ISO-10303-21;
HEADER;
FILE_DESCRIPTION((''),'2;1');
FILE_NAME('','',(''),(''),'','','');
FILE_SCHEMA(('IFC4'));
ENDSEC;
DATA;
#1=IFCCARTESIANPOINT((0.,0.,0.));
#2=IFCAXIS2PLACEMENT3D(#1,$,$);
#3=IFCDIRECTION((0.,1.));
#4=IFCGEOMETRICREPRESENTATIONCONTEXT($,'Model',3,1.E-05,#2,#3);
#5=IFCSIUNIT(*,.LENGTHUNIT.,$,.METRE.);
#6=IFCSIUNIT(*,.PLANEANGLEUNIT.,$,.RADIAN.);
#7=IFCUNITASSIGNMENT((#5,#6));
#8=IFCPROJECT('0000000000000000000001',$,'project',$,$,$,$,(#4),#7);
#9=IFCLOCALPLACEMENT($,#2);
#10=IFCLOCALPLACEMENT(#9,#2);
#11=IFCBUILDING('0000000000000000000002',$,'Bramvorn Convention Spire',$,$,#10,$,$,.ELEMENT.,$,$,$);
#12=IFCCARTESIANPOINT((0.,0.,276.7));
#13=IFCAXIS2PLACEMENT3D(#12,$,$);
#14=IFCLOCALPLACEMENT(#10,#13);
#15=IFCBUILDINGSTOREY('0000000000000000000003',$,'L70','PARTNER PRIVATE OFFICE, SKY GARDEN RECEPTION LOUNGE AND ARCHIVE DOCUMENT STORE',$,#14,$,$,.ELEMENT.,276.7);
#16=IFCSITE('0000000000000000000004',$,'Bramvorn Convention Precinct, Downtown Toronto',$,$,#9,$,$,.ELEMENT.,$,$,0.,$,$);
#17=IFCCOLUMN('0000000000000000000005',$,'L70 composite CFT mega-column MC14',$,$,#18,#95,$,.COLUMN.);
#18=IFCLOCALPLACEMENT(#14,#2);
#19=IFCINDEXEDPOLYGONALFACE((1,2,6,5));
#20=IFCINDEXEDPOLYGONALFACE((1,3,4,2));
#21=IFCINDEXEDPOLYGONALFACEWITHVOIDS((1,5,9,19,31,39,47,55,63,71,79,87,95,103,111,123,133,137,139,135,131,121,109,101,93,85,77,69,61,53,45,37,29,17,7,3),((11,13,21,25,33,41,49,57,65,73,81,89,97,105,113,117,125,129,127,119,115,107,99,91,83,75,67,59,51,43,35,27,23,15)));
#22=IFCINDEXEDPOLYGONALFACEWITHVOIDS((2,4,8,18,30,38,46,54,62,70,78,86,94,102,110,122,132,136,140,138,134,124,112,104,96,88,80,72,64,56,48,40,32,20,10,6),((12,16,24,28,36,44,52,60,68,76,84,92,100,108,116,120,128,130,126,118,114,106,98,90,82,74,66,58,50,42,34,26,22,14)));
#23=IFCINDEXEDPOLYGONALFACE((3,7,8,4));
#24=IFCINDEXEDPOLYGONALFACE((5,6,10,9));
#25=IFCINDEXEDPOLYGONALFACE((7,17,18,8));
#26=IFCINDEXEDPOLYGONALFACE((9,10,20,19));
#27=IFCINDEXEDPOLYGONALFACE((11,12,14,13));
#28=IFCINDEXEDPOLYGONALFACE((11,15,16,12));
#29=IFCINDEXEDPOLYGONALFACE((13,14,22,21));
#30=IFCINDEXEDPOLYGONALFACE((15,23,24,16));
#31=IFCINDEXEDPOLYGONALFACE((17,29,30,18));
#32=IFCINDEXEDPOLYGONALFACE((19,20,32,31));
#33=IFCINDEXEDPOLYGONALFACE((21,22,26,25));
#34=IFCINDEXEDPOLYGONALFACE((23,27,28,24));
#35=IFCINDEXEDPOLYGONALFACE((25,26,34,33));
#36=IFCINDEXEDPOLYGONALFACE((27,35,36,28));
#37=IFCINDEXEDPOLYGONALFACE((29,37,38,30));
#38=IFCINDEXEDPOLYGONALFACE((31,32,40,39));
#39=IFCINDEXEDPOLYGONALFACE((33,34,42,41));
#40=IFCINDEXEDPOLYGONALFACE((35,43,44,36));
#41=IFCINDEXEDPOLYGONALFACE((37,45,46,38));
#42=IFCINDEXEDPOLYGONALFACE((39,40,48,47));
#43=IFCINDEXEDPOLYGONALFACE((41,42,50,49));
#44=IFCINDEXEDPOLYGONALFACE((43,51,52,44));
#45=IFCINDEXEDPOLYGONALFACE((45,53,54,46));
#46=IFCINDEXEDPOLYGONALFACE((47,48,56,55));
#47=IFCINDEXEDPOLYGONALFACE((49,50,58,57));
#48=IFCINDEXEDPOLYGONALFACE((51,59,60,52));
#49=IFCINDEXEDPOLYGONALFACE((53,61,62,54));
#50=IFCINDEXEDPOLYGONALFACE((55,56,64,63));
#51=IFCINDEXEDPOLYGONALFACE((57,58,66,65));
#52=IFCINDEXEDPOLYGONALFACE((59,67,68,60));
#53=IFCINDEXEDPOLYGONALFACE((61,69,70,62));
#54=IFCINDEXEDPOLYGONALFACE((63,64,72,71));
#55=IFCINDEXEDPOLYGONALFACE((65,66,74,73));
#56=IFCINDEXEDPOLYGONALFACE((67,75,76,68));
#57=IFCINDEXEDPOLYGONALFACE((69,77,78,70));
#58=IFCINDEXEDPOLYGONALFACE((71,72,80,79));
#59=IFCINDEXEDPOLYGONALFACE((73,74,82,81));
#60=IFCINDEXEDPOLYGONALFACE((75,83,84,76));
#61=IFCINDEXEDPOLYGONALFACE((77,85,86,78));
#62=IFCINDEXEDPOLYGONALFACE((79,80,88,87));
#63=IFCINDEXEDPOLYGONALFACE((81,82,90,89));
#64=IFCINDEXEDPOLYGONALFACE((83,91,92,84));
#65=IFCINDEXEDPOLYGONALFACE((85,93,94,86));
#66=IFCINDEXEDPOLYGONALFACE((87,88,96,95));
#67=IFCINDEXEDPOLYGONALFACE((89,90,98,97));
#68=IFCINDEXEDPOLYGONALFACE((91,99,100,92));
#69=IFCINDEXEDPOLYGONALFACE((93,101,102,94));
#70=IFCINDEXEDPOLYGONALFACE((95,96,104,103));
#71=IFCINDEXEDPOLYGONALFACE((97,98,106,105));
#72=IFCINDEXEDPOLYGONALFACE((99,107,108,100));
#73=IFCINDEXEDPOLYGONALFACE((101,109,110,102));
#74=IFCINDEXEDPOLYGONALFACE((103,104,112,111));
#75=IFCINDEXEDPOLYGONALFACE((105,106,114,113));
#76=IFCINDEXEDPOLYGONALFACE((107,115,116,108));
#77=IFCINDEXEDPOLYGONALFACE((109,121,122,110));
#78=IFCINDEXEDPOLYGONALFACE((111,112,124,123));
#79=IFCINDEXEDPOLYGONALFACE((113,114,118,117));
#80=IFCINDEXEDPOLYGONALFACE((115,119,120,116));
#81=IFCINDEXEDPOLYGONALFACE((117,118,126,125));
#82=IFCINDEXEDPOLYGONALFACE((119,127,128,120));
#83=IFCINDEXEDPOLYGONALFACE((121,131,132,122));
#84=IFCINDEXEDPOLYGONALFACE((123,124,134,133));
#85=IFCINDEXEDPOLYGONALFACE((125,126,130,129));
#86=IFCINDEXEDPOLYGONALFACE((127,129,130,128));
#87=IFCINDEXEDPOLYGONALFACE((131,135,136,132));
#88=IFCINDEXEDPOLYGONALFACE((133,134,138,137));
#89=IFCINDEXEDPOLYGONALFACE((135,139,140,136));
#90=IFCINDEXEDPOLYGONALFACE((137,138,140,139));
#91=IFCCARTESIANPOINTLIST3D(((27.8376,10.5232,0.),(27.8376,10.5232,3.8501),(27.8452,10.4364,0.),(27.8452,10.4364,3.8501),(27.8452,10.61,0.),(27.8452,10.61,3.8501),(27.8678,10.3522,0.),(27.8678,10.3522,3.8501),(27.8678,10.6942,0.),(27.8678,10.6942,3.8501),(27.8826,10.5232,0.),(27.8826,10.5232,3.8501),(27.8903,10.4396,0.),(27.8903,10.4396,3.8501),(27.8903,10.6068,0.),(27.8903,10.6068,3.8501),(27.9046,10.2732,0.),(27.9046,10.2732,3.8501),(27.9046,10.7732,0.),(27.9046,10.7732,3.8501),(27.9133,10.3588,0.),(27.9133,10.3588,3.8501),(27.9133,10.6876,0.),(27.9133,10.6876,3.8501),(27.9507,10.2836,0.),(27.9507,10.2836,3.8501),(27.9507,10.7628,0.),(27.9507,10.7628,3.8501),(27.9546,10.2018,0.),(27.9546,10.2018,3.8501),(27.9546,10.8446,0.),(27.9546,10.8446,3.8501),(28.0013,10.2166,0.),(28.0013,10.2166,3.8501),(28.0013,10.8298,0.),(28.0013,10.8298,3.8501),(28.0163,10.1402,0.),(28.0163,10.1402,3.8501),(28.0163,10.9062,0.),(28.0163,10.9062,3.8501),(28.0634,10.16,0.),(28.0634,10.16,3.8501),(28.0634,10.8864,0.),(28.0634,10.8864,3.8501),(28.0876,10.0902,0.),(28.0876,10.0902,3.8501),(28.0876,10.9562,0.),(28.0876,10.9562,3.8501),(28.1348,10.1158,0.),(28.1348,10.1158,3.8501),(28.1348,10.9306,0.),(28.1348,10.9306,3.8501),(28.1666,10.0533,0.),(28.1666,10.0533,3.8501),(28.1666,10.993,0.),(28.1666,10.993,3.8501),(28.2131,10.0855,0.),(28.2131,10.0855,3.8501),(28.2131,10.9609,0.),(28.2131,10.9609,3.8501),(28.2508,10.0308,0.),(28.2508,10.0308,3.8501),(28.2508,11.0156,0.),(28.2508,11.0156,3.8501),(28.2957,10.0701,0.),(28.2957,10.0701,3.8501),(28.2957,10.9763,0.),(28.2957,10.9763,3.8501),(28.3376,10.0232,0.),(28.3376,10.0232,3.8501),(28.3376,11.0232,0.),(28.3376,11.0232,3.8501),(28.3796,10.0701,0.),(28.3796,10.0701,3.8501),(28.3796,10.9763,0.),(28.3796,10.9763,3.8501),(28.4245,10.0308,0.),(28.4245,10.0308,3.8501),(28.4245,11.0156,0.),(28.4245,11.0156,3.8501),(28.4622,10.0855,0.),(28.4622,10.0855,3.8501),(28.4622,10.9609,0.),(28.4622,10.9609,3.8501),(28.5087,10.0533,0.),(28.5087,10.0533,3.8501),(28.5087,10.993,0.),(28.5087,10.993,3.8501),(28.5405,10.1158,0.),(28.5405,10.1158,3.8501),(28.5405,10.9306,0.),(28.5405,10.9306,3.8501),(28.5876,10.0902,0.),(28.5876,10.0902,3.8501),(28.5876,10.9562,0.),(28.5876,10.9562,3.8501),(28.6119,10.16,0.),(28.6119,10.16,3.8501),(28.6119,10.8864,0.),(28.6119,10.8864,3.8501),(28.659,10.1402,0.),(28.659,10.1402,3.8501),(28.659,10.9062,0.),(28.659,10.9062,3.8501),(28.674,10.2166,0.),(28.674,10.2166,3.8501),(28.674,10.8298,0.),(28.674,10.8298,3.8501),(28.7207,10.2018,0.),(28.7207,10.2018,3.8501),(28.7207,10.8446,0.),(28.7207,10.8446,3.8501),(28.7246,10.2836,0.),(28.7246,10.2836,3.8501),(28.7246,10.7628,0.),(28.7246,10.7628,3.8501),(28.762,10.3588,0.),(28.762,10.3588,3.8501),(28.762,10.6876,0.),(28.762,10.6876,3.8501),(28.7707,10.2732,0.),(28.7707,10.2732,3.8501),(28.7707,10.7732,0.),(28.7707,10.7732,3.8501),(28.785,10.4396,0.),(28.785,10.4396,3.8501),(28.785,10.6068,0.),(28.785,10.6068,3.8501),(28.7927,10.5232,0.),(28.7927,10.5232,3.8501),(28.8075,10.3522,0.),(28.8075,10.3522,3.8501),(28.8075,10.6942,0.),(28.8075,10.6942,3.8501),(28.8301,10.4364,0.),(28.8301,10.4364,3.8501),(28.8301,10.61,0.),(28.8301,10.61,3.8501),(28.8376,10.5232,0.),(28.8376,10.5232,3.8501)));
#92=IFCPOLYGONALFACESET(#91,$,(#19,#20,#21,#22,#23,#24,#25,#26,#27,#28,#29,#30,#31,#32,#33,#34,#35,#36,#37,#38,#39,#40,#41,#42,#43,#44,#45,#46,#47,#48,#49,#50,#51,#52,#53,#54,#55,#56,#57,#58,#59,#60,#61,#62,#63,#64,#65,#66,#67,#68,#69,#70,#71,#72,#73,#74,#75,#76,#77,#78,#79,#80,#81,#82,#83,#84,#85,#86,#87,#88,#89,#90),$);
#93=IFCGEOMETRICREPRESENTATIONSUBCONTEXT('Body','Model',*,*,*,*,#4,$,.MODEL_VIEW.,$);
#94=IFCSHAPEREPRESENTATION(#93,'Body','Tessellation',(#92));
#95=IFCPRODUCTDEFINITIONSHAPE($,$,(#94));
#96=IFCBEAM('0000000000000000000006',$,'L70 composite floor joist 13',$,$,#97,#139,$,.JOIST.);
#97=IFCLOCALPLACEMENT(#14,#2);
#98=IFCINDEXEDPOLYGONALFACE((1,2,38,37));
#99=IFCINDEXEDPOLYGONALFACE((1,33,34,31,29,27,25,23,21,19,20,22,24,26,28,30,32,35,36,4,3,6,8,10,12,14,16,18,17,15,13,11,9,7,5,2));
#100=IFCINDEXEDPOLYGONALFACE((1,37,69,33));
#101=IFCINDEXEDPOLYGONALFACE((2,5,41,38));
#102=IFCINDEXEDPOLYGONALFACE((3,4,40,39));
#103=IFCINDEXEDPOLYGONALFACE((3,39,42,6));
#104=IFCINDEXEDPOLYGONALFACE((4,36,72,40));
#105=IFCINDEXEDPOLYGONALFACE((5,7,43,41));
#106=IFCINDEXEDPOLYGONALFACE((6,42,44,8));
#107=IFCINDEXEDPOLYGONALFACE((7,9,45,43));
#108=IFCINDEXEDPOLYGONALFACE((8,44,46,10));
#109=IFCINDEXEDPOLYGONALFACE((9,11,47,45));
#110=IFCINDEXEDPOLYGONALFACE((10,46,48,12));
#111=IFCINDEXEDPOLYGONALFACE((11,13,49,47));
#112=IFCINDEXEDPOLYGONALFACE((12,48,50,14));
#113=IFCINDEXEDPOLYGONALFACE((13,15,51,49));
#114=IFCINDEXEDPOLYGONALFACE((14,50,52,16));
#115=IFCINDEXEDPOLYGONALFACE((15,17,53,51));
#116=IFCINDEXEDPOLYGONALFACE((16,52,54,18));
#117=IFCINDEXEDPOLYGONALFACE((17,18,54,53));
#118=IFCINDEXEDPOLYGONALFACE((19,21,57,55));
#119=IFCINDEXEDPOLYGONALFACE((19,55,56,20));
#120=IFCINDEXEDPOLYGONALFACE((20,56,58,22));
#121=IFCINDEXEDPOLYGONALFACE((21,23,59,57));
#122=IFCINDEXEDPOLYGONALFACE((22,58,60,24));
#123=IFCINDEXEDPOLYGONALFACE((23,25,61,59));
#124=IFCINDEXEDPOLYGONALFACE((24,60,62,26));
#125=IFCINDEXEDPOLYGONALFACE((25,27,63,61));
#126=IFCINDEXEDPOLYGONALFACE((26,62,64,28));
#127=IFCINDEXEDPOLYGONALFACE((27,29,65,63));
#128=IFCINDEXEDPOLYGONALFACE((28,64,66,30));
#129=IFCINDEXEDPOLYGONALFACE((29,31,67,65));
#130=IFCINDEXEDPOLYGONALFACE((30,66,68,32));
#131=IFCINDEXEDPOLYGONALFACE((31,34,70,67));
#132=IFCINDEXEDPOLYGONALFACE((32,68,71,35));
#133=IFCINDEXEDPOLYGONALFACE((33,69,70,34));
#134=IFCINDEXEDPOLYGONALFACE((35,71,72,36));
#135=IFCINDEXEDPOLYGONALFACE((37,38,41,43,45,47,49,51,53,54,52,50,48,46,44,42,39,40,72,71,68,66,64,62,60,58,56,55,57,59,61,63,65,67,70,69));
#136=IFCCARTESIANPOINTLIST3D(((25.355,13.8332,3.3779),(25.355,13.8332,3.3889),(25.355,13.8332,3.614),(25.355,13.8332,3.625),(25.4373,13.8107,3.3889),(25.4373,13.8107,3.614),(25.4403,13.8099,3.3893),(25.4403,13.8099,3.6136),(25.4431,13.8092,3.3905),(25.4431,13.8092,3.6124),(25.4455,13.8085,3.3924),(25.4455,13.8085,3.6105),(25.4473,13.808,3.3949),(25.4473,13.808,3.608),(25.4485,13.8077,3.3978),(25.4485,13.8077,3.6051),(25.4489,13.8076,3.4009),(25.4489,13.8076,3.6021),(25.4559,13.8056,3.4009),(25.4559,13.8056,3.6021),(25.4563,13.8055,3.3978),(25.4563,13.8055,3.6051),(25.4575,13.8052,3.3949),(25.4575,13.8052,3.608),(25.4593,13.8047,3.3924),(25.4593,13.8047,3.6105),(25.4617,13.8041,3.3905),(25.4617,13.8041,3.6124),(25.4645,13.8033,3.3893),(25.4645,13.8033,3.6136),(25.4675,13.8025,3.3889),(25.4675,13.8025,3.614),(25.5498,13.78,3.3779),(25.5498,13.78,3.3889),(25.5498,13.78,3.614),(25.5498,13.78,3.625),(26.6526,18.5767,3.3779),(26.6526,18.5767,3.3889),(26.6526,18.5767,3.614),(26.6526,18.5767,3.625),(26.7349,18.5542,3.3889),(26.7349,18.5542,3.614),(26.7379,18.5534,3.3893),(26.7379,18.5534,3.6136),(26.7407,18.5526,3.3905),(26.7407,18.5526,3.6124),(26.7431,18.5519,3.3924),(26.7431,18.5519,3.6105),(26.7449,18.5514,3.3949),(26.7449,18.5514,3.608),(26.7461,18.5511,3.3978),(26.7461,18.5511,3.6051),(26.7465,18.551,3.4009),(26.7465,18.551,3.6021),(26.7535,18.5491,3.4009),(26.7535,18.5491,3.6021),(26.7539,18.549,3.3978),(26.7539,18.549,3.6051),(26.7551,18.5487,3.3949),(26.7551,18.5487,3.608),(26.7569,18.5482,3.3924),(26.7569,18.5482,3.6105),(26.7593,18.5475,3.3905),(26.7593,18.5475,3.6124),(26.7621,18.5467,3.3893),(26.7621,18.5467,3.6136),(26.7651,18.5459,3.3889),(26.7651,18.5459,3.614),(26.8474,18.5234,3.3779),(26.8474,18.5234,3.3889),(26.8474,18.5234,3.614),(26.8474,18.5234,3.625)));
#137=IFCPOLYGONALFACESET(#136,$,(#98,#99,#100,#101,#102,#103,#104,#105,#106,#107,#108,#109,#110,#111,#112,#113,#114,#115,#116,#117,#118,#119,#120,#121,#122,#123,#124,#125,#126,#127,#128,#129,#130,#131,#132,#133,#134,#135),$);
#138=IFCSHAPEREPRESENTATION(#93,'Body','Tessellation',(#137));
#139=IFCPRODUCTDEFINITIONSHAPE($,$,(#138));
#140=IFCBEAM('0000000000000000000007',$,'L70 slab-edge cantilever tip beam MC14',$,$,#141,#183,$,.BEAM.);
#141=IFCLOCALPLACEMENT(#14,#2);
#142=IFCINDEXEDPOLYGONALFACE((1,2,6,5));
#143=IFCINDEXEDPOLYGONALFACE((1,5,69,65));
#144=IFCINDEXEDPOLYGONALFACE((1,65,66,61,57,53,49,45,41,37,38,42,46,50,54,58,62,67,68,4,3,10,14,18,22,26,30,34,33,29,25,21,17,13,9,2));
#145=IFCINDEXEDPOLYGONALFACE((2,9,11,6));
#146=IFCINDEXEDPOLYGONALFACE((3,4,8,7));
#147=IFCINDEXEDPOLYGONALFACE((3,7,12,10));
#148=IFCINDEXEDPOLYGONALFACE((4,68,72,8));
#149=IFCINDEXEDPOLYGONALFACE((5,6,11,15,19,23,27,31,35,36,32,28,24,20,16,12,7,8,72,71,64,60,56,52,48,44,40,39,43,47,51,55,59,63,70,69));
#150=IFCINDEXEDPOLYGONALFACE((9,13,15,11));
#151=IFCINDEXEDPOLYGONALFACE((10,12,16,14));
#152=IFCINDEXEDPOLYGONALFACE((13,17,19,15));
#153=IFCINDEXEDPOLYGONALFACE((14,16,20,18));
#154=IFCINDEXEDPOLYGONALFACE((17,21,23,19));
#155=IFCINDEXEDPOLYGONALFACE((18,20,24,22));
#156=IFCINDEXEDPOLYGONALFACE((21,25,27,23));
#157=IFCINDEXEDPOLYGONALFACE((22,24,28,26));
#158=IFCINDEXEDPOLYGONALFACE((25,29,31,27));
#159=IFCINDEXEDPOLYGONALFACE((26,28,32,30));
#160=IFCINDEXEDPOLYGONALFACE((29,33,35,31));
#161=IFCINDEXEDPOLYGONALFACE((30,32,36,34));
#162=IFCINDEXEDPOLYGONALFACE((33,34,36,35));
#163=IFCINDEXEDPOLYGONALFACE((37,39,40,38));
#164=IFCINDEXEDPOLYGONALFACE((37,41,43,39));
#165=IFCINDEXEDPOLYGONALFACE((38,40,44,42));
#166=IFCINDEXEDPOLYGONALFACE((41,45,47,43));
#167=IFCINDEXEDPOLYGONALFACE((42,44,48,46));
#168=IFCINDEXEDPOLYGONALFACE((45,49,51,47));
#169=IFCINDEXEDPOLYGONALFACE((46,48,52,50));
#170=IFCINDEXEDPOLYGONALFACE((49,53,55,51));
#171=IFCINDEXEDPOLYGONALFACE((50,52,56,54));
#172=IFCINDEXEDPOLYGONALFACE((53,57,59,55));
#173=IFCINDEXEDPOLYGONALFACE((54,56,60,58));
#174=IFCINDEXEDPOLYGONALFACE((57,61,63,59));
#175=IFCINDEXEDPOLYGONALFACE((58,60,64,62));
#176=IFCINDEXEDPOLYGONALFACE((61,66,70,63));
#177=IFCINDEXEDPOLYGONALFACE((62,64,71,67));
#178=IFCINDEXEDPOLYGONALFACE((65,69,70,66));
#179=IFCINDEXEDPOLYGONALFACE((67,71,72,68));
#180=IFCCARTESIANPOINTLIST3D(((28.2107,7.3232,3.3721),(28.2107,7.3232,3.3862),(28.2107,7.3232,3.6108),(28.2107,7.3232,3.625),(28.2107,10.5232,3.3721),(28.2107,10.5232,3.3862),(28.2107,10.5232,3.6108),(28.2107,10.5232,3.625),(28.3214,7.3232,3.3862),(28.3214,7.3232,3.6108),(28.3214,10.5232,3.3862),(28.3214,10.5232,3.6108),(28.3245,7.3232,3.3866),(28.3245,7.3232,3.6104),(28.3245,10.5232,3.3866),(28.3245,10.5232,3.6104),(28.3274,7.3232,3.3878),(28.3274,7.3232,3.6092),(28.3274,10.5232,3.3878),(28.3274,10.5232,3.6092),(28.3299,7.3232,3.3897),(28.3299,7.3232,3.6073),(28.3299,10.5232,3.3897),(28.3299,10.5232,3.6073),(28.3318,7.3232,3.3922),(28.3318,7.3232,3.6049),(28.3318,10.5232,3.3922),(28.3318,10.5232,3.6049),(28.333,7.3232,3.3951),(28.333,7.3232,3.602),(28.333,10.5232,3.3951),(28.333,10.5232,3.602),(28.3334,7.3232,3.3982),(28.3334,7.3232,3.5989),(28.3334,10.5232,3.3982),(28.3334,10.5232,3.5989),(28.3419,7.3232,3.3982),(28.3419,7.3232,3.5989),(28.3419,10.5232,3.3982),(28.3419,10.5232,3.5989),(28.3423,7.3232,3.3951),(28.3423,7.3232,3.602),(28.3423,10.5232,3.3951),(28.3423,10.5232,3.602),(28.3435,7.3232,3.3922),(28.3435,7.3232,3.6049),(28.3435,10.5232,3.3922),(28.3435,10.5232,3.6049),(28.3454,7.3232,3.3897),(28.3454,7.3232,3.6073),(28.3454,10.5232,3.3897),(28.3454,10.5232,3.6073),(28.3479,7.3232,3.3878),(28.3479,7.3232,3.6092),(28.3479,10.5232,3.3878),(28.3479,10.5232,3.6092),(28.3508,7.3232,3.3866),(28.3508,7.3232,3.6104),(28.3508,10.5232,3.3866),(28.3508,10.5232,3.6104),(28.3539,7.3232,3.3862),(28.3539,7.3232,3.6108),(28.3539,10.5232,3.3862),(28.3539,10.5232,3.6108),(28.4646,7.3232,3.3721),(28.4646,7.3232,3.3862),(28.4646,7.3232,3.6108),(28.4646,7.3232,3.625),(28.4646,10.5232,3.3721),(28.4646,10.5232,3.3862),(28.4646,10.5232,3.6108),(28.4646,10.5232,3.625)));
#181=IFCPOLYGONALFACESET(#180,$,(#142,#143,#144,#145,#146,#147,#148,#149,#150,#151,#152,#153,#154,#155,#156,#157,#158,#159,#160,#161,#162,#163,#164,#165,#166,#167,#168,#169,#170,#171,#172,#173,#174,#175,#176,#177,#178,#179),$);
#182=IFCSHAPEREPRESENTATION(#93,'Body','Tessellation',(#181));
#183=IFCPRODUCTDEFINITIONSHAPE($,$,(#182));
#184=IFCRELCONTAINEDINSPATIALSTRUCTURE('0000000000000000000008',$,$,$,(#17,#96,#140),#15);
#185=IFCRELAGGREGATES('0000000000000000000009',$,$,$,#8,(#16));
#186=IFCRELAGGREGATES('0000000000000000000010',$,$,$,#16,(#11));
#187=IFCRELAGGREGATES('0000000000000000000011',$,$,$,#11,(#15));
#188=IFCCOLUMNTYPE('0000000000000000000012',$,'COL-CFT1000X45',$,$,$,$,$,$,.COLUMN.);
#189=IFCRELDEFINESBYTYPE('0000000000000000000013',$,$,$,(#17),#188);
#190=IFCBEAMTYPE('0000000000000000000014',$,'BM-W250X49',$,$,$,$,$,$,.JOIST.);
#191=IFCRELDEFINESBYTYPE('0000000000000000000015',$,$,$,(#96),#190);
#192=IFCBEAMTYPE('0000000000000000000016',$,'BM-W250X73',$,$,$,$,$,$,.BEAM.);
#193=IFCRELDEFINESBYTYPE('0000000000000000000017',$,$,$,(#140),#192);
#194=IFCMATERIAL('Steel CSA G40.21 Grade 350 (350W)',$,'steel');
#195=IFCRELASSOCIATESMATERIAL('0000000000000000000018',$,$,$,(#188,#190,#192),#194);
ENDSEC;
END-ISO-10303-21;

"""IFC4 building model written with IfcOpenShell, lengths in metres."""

from ifc_helpers import new_model, si_unit, direction, frame, origin, origin_2d, place, context, subcontext, project, spatial, hollow_circle, i_section, extrude, material, material_profile, profile_set, type_object, element, save


model = new_model("IFC4")

# Units and contexts
model_context = context("Model", 3, precision=1e-05, world=origin(), true_north=direction((0.0, 1.0)))
body_context = subcontext(model_context, "Body", "Model", "MODEL_VIEW")
ifc_project = project(units=[si_unit("LENGTHUNIT", "METRE"), si_unit("PLANEANGLEUNIT", "RADIAN")], contexts=[model_context])

# Site, building, storey
site_placement = place(None, origin())
site = spatial("IfcSite", under=ifc_project, at=site_placement, Name="Bramvorn Convention Precinct, Downtown Toronto", CompositionType="ELEMENT", RefElevation=0.0)
building_placement = place(site_placement, origin())
building = spatial("IfcBuilding", under=site, at=building_placement, Name="Bramvorn Convention Spire", CompositionType="ELEMENT")
storey_placement = place(building_placement, frame((0.0, 0.0, 276.7)))
storey = spatial("IfcBuildingStorey", under=building, at=storey_placement, Name="L70", Description="PARTNER PRIVATE OFFICE, SKY GARDEN RECEPTION LOUNGE AND ARCHIVE DOCUMENT STORE", CompositionType="ELEMENT", Elevation=276.7)

# Column
ifc_material_1 = material(Name="Steel CSA G40.21 Grade 350 (350W)", Category="steel")
ifc_material_profile_1 = material_profile(ifc_material_1, hollow_circle(Radius=0.5, WallThickness=0.0449, at=origin_2d()))
ifc_profile_set_1 = profile_set([ifc_material_profile_1], Name="Steel CSA G40.21 Grade 350 (350W) - CFT1000X45")
column_type = type_object("IfcColumnType", Name="COL-CFT1000X45", PredefinedType="COLUMN", material=ifc_profile_set_1)
column_placement = place(storey_placement, frame((28.3376, 10.5232, 0.0), z_axis=(0.0, 0.0, 1.0), x_axis=(1.0, 0.0, 0.0)))
element("IfcColumn", 1, at=column_placement, inside=storey, type_object=column_type, Name="L70 composite CFT mega-column MC14", PredefinedType="COLUMN", context=body_context, shape_type="SweptSolid", body=[
    extrude(hollow_circle(Radius=0.5, WallThickness=0.0449, at=origin_2d()), origin(), (0.0, 0.0, 1.0), 3.8501),
])

# Beams
ifc_material_profile_2 = material_profile(ifc_material_1, i_section(OverallWidth=0.2019, OverallDepth=0.2471, WebThickness=0.0073, FlangeThickness=0.011, FilletRadius=0.012, at=origin_2d()))
ifc_profile_set_2 = profile_set([ifc_material_profile_2], Name="Steel CSA G40.21 Grade 350 (350W) - W250X49")
beam_type_1 = type_object("IfcBeamType", Name="BM-W250X49", PredefinedType="JOIST", material=ifc_profile_set_2)
beam_1_placement = place(storey_placement, frame((26.75, 18.55, 3.5015), z_axis=(-0.263865, -0.96456, 0.0), x_axis=(0.96456, -0.263865, 0.0)))
element("IfcBeam", 2, at=beam_1_placement, inside=storey, type_object=beam_type_1, Name="L70 composite floor joist 13", PredefinedType="JOIST", context=body_context, shape_type="SweptSolid", body=[
    extrude(i_section(OverallWidth=0.2019, OverallDepth=0.2471, WebThickness=0.0073, FlangeThickness=0.011, FilletRadius=0.012, at=origin_2d()), origin(), (0.0, 0.0, 1.0), 4.9177),
])
ifc_material_profile_3 = material_profile(ifc_material_1, i_section(OverallWidth=0.2539, OverallDepth=0.2529, WebThickness=0.0085, FlangeThickness=0.0142, FilletRadius=0.012, at=origin_2d()))
ifc_profile_set_3 = profile_set([ifc_material_profile_3], Name="Steel CSA G40.21 Grade 350 (350W) - W250X73")
beam_type_2 = type_object("IfcBeamType", Name="BM-W250X73", PredefinedType="BEAM", material=ifc_profile_set_3)
beam_2_placement = place(storey_placement, frame((28.3376, 10.5232, 3.4985), z_axis=(0.0, -1.0, 0.0), x_axis=(1.0, 0.0, 0.0)))
element("IfcBeam", 3, at=beam_2_placement, inside=storey, type_object=beam_type_2, Name="L70 slab-edge cantilever tip beam MC14", PredefinedType="BEAM", context=body_context, shape_type="SweptSolid", body=[
    extrude(i_section(OverallWidth=0.2539, OverallDepth=0.2529, WebThickness=0.0085, FlangeThickness=0.0142, FilletRadius=0.012, at=origin_2d()), origin(), (0.0, 0.0, 1.0), 3.2),
])

save(model, "model.ifc")
